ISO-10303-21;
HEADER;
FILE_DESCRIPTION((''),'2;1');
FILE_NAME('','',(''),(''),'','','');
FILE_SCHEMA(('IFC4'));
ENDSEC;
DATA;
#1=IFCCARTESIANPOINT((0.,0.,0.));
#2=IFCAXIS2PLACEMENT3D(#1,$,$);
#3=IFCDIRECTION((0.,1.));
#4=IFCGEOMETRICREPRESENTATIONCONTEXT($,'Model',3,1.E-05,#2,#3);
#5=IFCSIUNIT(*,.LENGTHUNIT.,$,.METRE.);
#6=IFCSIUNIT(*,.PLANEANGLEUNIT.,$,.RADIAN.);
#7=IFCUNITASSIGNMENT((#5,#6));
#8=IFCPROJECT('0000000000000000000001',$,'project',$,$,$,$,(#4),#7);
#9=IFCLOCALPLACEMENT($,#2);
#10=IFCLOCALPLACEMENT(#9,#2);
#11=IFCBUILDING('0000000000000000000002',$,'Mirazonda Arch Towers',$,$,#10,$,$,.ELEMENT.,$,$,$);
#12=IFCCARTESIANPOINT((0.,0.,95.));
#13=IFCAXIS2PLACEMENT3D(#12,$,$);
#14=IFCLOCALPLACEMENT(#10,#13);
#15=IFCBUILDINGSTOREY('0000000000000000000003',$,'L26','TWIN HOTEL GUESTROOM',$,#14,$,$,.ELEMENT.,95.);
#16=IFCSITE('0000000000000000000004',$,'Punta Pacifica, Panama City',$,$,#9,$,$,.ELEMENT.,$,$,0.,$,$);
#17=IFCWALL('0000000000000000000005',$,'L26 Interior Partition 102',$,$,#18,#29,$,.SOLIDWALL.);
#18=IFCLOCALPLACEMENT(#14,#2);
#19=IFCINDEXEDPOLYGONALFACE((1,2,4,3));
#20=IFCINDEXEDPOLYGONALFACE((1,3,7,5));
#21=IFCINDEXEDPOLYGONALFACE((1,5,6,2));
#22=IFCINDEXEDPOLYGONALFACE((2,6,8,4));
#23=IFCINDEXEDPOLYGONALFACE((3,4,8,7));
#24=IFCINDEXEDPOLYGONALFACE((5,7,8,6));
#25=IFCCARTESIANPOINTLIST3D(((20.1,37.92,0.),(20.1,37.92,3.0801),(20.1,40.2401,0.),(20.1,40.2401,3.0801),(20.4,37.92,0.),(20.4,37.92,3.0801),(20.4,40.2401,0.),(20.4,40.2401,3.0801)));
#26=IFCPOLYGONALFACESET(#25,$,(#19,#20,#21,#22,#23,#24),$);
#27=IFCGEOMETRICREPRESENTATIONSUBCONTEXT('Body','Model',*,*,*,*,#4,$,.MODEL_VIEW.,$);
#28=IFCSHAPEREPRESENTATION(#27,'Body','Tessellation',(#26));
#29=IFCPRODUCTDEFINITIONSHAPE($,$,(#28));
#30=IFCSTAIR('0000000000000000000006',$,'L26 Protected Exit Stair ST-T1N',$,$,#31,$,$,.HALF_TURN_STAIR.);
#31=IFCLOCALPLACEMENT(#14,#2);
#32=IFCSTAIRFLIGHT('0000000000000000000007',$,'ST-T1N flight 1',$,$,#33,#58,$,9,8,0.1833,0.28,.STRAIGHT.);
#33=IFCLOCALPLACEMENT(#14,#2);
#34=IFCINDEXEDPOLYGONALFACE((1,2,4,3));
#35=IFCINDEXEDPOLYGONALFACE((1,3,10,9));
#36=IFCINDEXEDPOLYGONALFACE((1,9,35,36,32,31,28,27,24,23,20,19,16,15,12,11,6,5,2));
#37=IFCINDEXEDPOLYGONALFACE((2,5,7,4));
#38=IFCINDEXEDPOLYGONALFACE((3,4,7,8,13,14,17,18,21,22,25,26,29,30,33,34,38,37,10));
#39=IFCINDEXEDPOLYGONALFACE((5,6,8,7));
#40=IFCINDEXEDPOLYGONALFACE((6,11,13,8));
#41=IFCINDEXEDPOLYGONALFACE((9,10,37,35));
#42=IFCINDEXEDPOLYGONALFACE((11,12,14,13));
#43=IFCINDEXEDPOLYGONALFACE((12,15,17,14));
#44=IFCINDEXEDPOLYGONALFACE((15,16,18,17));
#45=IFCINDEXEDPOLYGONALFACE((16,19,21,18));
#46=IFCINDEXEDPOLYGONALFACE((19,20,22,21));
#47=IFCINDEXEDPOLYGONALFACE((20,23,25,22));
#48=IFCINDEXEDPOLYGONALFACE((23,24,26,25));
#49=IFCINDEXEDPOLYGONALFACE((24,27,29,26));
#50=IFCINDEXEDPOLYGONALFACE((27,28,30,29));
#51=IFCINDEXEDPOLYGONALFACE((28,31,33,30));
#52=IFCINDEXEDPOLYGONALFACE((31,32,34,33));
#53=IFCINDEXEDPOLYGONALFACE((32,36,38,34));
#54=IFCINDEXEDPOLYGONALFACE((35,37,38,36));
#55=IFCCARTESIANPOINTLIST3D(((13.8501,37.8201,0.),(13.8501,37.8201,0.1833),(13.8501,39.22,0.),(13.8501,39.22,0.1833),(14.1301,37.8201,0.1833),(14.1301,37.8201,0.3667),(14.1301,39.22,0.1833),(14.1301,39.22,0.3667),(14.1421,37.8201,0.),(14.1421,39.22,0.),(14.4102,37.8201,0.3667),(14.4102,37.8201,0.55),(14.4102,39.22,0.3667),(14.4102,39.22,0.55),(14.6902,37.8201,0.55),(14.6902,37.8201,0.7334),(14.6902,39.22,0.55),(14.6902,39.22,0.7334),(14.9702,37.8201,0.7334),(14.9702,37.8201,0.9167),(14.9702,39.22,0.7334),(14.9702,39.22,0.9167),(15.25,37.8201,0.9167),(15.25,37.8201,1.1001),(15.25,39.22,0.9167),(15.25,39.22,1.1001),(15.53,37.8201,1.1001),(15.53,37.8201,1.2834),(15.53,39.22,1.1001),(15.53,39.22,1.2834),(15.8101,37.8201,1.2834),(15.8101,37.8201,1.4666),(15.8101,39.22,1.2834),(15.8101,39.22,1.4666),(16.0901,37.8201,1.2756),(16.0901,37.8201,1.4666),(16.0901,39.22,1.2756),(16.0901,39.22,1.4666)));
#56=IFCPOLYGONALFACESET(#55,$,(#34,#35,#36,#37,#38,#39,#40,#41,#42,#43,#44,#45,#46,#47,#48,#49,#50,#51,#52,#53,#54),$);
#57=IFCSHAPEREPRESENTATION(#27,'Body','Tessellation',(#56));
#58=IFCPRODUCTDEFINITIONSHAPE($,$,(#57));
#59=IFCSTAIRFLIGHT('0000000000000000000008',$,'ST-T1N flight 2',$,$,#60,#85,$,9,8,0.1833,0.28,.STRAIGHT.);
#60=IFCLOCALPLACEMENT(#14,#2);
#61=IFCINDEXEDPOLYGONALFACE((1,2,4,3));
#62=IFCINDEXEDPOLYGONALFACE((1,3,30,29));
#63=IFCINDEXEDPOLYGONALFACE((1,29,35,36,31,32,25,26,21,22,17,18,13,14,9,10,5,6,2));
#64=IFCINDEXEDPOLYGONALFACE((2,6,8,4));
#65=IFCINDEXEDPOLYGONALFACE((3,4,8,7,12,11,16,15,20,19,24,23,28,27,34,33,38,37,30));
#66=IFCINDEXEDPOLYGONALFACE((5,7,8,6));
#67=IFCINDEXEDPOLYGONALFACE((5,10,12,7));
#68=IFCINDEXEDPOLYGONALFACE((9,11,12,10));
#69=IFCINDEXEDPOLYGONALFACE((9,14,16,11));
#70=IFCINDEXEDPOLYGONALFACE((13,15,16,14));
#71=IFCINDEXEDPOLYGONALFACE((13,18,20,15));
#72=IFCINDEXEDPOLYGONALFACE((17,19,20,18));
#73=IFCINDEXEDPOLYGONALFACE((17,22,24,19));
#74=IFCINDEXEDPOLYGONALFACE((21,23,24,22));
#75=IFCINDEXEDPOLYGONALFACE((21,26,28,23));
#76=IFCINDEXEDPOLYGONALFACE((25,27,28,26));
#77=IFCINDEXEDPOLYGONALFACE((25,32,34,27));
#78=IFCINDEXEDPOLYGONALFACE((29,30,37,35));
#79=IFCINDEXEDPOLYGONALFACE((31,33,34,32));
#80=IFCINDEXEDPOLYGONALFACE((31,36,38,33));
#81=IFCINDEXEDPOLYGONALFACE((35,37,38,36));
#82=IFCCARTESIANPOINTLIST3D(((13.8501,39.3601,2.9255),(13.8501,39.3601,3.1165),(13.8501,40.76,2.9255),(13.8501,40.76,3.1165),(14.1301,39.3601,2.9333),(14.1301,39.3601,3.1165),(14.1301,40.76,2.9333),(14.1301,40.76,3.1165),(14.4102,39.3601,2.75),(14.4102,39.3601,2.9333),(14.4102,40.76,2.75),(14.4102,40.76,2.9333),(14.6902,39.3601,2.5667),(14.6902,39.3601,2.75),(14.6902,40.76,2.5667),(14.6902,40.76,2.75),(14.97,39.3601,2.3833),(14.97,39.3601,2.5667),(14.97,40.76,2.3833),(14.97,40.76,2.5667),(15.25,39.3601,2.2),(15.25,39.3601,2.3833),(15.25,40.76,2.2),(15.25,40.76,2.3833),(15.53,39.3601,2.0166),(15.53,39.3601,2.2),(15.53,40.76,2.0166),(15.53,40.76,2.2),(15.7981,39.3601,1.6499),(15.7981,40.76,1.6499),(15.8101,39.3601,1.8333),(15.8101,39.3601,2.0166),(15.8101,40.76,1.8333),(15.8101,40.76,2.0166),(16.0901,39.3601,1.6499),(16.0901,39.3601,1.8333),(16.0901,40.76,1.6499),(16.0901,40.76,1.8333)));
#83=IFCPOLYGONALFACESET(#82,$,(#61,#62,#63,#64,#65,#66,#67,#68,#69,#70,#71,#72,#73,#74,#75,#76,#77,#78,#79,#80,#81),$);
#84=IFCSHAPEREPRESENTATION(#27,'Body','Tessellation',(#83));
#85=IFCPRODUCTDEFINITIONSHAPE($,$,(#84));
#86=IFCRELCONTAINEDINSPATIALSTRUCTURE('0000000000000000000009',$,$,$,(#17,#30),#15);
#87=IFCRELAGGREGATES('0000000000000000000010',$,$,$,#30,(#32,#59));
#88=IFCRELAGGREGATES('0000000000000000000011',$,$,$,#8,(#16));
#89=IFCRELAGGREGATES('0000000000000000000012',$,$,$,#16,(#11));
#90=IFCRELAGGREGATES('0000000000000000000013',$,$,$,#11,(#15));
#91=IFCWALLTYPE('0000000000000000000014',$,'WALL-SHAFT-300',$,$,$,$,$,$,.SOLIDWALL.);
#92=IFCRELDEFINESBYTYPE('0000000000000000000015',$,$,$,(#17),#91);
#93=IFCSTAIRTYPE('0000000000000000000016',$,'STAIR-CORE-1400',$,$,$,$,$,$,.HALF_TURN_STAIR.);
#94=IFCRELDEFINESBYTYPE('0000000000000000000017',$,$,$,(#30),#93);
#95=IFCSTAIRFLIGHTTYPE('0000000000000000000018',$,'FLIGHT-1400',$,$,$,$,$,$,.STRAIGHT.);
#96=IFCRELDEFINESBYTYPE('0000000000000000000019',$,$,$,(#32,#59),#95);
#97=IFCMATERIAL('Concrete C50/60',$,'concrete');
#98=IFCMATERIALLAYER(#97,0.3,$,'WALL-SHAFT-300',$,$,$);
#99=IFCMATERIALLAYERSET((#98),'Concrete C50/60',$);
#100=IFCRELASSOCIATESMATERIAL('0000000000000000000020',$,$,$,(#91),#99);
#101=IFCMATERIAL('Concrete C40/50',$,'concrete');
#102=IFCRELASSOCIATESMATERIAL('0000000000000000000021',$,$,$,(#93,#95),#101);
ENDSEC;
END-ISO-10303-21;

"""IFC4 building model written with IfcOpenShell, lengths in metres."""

from ifc_helpers import new_model, si_unit, direction, frame, frame_2d, origin, place, context, subcontext, project, spatial, polyline, rectangle, outline, extrude, material, layer, layer_set, type_object, element, aggregate, save


model = new_model("IFC4")

# Units and contexts
model_context = context("Model", 3, precision=1e-05, world=origin(), true_north=direction((0.0, 1.0)))
body_context = subcontext(model_context, "Body", "Model", "MODEL_VIEW")
ifc_project = project(units=[si_unit("LENGTHUNIT", "METRE"), si_unit("PLANEANGLEUNIT", "RADIAN")], contexts=[model_context])

# Site, building, storey
site_placement = place(None, origin())
site = spatial("IfcSite", under=ifc_project, at=site_placement, Name="Punta Pacifica, Panama City", CompositionType="ELEMENT", RefElevation=0.0)
building_placement = place(site_placement, origin())
building = spatial("IfcBuilding", under=site, at=building_placement, Name="Mirazonda Arch Towers", CompositionType="ELEMENT")
storey_placement = place(building_placement, frame((0.0, 0.0, 95.0)))
storey = spatial("IfcBuildingStorey", under=building, at=storey_placement, Name="L26", Description="TWIN HOTEL GUESTROOM", CompositionType="ELEMENT", Elevation=95.0)

# Shared definitions
ifc_material_1 = material(Name="Concrete C50/60", Category="concrete")

# Wall
ifc_layer_1 = layer(ifc_material_1, 0.3, Name="WALL-SHAFT-300")
ifc_layer_set_1 = layer_set([ifc_layer_1], Name="Concrete C50/60")
wall_type_1 = type_object("IfcWallType", Name="WALL-SHAFT-300", PredefinedType="SOLIDWALL", material=ifc_layer_set_1)
wall_1_placement = place(storey_placement, frame((20.25, 37.9199, 0.0), z_axis=(0.0, 0.0, 1.0), x_axis=(0.0, 1.0, 0.0)))
element("IfcWall", 1, at=wall_1_placement, inside=storey, type_object=wall_type_1, Name="L26 Interior Partition 102", PredefinedType="SOLIDWALL", context=body_context, shape_type="SweptSolid", body=[
    extrude(rectangle(XDim=2.3201, YDim=0.3, at=frame_2d((1.1602, 0.0))), origin(), (0.0, 0.0, 1.0), 3.0801),
])

# Stair, stair flights
ifc_material_2 = material(Name="Concrete C40/50", Category="concrete")
stair_type = type_object("IfcStairType", Name="STAIR-CORE-1400", PredefinedType="HALF_TURN_STAIR", material=ifc_material_2)
stair_placement = place(storey_placement, origin())
stair = element("IfcStair", 2, at=stair_placement, inside=storey, type_object=stair_type, Name="L26 Protected Exit Stair ST-T1N", PredefinedType="HALF_TURN_STAIR")
stair_flight_type = type_object("IfcStairFlightType", Name="FLIGHT-1400", PredefinedType="STRAIGHT", material=ifc_material_2)
stair_flight_1_placement = place(storey_placement, frame((13.8501, 38.52, 0.0), z_axis=(0.0, 0.0, 1.0), x_axis=(1.0, 0.0, 0.0)))
stair_flight_1 = element("IfcStairFlight", 3, at=stair_flight_1_placement, type_object=stair_flight_type, Name="ST-T1N flight 1", NumberOfRisers=9, NumberOfTreads=8, PredefinedType="STRAIGHT", RiserHeight=0.1833, TreadLength=0.28, context=body_context, shape_type="SweptSolid", body=[
    extrude(outline(polyline([(0.0, 0.0), (0.0, 0.1833), (0.28, 0.1833), (0.28, 0.3667), (0.5601, 0.3667), (0.5601, 0.55), (0.8401, 0.55), (0.8401, 0.7334), (1.1201, 0.7334), (1.1201, 0.9167), (1.3999, 0.9167), (1.3999, 1.1001), (1.6799, 1.1001), (1.6799, 1.2834), (1.96, 1.2834), (1.96, 1.4666), (2.24, 1.4666), (2.24, 1.6499), (2.24, 1.2756), (0.292, 0.0), (0.0, 0.0)])), frame((0.0, 0.7, 0.0), z_axis=(0.0, -1.0, 0.0), x_axis=(1.0, 0.0, 0.0)), (0.0, 0.0, 1.0), 1.3999),
])
stair_flight_2_placement = place(storey_placement, frame((16.0901, 40.0601, 1.6499), z_axis=(0.0, 0.0, 1.0), x_axis=(-1.0, 0.0, 0.0)))
stair_flight_2 = element("IfcStairFlight", 4, at=stair_flight_2_placement, type_object=stair_flight_type, Name="ST-T1N flight 2", NumberOfRisers=9, NumberOfTreads=8, PredefinedType="STRAIGHT", RiserHeight=0.1833, TreadLength=0.28, context=body_context, shape_type="SweptSolid", body=[
    extrude(outline(polyline([(0.0, 0.0), (0.0, 0.1833), (0.28, 0.1833), (0.28, 0.3667), (0.5601, 0.3667), (0.5601, 0.55), (0.8401, 0.55), (0.8401, 0.7334), (1.1201, 0.7334), (1.1201, 0.9167), (1.3999, 0.9167), (1.3999, 1.1001), (1.6799, 1.1001), (1.6799, 1.2834), (1.96, 1.2834), (1.96, 1.4666), (2.24, 1.4666), (2.24, 1.6499), (2.24, 1.2756), (0.292, 0.0), (0.0, 0.0)])), frame((0.0, 0.7, 0.0), z_axis=(0.0, -1.0, 0.0), x_axis=(1.0, 0.0, 0.0)), (0.0, 0.0, 1.0), 1.3999),
])
aggregate(stair, [stair_flight_1, stair_flight_2])

save(model, "model.ifc")
